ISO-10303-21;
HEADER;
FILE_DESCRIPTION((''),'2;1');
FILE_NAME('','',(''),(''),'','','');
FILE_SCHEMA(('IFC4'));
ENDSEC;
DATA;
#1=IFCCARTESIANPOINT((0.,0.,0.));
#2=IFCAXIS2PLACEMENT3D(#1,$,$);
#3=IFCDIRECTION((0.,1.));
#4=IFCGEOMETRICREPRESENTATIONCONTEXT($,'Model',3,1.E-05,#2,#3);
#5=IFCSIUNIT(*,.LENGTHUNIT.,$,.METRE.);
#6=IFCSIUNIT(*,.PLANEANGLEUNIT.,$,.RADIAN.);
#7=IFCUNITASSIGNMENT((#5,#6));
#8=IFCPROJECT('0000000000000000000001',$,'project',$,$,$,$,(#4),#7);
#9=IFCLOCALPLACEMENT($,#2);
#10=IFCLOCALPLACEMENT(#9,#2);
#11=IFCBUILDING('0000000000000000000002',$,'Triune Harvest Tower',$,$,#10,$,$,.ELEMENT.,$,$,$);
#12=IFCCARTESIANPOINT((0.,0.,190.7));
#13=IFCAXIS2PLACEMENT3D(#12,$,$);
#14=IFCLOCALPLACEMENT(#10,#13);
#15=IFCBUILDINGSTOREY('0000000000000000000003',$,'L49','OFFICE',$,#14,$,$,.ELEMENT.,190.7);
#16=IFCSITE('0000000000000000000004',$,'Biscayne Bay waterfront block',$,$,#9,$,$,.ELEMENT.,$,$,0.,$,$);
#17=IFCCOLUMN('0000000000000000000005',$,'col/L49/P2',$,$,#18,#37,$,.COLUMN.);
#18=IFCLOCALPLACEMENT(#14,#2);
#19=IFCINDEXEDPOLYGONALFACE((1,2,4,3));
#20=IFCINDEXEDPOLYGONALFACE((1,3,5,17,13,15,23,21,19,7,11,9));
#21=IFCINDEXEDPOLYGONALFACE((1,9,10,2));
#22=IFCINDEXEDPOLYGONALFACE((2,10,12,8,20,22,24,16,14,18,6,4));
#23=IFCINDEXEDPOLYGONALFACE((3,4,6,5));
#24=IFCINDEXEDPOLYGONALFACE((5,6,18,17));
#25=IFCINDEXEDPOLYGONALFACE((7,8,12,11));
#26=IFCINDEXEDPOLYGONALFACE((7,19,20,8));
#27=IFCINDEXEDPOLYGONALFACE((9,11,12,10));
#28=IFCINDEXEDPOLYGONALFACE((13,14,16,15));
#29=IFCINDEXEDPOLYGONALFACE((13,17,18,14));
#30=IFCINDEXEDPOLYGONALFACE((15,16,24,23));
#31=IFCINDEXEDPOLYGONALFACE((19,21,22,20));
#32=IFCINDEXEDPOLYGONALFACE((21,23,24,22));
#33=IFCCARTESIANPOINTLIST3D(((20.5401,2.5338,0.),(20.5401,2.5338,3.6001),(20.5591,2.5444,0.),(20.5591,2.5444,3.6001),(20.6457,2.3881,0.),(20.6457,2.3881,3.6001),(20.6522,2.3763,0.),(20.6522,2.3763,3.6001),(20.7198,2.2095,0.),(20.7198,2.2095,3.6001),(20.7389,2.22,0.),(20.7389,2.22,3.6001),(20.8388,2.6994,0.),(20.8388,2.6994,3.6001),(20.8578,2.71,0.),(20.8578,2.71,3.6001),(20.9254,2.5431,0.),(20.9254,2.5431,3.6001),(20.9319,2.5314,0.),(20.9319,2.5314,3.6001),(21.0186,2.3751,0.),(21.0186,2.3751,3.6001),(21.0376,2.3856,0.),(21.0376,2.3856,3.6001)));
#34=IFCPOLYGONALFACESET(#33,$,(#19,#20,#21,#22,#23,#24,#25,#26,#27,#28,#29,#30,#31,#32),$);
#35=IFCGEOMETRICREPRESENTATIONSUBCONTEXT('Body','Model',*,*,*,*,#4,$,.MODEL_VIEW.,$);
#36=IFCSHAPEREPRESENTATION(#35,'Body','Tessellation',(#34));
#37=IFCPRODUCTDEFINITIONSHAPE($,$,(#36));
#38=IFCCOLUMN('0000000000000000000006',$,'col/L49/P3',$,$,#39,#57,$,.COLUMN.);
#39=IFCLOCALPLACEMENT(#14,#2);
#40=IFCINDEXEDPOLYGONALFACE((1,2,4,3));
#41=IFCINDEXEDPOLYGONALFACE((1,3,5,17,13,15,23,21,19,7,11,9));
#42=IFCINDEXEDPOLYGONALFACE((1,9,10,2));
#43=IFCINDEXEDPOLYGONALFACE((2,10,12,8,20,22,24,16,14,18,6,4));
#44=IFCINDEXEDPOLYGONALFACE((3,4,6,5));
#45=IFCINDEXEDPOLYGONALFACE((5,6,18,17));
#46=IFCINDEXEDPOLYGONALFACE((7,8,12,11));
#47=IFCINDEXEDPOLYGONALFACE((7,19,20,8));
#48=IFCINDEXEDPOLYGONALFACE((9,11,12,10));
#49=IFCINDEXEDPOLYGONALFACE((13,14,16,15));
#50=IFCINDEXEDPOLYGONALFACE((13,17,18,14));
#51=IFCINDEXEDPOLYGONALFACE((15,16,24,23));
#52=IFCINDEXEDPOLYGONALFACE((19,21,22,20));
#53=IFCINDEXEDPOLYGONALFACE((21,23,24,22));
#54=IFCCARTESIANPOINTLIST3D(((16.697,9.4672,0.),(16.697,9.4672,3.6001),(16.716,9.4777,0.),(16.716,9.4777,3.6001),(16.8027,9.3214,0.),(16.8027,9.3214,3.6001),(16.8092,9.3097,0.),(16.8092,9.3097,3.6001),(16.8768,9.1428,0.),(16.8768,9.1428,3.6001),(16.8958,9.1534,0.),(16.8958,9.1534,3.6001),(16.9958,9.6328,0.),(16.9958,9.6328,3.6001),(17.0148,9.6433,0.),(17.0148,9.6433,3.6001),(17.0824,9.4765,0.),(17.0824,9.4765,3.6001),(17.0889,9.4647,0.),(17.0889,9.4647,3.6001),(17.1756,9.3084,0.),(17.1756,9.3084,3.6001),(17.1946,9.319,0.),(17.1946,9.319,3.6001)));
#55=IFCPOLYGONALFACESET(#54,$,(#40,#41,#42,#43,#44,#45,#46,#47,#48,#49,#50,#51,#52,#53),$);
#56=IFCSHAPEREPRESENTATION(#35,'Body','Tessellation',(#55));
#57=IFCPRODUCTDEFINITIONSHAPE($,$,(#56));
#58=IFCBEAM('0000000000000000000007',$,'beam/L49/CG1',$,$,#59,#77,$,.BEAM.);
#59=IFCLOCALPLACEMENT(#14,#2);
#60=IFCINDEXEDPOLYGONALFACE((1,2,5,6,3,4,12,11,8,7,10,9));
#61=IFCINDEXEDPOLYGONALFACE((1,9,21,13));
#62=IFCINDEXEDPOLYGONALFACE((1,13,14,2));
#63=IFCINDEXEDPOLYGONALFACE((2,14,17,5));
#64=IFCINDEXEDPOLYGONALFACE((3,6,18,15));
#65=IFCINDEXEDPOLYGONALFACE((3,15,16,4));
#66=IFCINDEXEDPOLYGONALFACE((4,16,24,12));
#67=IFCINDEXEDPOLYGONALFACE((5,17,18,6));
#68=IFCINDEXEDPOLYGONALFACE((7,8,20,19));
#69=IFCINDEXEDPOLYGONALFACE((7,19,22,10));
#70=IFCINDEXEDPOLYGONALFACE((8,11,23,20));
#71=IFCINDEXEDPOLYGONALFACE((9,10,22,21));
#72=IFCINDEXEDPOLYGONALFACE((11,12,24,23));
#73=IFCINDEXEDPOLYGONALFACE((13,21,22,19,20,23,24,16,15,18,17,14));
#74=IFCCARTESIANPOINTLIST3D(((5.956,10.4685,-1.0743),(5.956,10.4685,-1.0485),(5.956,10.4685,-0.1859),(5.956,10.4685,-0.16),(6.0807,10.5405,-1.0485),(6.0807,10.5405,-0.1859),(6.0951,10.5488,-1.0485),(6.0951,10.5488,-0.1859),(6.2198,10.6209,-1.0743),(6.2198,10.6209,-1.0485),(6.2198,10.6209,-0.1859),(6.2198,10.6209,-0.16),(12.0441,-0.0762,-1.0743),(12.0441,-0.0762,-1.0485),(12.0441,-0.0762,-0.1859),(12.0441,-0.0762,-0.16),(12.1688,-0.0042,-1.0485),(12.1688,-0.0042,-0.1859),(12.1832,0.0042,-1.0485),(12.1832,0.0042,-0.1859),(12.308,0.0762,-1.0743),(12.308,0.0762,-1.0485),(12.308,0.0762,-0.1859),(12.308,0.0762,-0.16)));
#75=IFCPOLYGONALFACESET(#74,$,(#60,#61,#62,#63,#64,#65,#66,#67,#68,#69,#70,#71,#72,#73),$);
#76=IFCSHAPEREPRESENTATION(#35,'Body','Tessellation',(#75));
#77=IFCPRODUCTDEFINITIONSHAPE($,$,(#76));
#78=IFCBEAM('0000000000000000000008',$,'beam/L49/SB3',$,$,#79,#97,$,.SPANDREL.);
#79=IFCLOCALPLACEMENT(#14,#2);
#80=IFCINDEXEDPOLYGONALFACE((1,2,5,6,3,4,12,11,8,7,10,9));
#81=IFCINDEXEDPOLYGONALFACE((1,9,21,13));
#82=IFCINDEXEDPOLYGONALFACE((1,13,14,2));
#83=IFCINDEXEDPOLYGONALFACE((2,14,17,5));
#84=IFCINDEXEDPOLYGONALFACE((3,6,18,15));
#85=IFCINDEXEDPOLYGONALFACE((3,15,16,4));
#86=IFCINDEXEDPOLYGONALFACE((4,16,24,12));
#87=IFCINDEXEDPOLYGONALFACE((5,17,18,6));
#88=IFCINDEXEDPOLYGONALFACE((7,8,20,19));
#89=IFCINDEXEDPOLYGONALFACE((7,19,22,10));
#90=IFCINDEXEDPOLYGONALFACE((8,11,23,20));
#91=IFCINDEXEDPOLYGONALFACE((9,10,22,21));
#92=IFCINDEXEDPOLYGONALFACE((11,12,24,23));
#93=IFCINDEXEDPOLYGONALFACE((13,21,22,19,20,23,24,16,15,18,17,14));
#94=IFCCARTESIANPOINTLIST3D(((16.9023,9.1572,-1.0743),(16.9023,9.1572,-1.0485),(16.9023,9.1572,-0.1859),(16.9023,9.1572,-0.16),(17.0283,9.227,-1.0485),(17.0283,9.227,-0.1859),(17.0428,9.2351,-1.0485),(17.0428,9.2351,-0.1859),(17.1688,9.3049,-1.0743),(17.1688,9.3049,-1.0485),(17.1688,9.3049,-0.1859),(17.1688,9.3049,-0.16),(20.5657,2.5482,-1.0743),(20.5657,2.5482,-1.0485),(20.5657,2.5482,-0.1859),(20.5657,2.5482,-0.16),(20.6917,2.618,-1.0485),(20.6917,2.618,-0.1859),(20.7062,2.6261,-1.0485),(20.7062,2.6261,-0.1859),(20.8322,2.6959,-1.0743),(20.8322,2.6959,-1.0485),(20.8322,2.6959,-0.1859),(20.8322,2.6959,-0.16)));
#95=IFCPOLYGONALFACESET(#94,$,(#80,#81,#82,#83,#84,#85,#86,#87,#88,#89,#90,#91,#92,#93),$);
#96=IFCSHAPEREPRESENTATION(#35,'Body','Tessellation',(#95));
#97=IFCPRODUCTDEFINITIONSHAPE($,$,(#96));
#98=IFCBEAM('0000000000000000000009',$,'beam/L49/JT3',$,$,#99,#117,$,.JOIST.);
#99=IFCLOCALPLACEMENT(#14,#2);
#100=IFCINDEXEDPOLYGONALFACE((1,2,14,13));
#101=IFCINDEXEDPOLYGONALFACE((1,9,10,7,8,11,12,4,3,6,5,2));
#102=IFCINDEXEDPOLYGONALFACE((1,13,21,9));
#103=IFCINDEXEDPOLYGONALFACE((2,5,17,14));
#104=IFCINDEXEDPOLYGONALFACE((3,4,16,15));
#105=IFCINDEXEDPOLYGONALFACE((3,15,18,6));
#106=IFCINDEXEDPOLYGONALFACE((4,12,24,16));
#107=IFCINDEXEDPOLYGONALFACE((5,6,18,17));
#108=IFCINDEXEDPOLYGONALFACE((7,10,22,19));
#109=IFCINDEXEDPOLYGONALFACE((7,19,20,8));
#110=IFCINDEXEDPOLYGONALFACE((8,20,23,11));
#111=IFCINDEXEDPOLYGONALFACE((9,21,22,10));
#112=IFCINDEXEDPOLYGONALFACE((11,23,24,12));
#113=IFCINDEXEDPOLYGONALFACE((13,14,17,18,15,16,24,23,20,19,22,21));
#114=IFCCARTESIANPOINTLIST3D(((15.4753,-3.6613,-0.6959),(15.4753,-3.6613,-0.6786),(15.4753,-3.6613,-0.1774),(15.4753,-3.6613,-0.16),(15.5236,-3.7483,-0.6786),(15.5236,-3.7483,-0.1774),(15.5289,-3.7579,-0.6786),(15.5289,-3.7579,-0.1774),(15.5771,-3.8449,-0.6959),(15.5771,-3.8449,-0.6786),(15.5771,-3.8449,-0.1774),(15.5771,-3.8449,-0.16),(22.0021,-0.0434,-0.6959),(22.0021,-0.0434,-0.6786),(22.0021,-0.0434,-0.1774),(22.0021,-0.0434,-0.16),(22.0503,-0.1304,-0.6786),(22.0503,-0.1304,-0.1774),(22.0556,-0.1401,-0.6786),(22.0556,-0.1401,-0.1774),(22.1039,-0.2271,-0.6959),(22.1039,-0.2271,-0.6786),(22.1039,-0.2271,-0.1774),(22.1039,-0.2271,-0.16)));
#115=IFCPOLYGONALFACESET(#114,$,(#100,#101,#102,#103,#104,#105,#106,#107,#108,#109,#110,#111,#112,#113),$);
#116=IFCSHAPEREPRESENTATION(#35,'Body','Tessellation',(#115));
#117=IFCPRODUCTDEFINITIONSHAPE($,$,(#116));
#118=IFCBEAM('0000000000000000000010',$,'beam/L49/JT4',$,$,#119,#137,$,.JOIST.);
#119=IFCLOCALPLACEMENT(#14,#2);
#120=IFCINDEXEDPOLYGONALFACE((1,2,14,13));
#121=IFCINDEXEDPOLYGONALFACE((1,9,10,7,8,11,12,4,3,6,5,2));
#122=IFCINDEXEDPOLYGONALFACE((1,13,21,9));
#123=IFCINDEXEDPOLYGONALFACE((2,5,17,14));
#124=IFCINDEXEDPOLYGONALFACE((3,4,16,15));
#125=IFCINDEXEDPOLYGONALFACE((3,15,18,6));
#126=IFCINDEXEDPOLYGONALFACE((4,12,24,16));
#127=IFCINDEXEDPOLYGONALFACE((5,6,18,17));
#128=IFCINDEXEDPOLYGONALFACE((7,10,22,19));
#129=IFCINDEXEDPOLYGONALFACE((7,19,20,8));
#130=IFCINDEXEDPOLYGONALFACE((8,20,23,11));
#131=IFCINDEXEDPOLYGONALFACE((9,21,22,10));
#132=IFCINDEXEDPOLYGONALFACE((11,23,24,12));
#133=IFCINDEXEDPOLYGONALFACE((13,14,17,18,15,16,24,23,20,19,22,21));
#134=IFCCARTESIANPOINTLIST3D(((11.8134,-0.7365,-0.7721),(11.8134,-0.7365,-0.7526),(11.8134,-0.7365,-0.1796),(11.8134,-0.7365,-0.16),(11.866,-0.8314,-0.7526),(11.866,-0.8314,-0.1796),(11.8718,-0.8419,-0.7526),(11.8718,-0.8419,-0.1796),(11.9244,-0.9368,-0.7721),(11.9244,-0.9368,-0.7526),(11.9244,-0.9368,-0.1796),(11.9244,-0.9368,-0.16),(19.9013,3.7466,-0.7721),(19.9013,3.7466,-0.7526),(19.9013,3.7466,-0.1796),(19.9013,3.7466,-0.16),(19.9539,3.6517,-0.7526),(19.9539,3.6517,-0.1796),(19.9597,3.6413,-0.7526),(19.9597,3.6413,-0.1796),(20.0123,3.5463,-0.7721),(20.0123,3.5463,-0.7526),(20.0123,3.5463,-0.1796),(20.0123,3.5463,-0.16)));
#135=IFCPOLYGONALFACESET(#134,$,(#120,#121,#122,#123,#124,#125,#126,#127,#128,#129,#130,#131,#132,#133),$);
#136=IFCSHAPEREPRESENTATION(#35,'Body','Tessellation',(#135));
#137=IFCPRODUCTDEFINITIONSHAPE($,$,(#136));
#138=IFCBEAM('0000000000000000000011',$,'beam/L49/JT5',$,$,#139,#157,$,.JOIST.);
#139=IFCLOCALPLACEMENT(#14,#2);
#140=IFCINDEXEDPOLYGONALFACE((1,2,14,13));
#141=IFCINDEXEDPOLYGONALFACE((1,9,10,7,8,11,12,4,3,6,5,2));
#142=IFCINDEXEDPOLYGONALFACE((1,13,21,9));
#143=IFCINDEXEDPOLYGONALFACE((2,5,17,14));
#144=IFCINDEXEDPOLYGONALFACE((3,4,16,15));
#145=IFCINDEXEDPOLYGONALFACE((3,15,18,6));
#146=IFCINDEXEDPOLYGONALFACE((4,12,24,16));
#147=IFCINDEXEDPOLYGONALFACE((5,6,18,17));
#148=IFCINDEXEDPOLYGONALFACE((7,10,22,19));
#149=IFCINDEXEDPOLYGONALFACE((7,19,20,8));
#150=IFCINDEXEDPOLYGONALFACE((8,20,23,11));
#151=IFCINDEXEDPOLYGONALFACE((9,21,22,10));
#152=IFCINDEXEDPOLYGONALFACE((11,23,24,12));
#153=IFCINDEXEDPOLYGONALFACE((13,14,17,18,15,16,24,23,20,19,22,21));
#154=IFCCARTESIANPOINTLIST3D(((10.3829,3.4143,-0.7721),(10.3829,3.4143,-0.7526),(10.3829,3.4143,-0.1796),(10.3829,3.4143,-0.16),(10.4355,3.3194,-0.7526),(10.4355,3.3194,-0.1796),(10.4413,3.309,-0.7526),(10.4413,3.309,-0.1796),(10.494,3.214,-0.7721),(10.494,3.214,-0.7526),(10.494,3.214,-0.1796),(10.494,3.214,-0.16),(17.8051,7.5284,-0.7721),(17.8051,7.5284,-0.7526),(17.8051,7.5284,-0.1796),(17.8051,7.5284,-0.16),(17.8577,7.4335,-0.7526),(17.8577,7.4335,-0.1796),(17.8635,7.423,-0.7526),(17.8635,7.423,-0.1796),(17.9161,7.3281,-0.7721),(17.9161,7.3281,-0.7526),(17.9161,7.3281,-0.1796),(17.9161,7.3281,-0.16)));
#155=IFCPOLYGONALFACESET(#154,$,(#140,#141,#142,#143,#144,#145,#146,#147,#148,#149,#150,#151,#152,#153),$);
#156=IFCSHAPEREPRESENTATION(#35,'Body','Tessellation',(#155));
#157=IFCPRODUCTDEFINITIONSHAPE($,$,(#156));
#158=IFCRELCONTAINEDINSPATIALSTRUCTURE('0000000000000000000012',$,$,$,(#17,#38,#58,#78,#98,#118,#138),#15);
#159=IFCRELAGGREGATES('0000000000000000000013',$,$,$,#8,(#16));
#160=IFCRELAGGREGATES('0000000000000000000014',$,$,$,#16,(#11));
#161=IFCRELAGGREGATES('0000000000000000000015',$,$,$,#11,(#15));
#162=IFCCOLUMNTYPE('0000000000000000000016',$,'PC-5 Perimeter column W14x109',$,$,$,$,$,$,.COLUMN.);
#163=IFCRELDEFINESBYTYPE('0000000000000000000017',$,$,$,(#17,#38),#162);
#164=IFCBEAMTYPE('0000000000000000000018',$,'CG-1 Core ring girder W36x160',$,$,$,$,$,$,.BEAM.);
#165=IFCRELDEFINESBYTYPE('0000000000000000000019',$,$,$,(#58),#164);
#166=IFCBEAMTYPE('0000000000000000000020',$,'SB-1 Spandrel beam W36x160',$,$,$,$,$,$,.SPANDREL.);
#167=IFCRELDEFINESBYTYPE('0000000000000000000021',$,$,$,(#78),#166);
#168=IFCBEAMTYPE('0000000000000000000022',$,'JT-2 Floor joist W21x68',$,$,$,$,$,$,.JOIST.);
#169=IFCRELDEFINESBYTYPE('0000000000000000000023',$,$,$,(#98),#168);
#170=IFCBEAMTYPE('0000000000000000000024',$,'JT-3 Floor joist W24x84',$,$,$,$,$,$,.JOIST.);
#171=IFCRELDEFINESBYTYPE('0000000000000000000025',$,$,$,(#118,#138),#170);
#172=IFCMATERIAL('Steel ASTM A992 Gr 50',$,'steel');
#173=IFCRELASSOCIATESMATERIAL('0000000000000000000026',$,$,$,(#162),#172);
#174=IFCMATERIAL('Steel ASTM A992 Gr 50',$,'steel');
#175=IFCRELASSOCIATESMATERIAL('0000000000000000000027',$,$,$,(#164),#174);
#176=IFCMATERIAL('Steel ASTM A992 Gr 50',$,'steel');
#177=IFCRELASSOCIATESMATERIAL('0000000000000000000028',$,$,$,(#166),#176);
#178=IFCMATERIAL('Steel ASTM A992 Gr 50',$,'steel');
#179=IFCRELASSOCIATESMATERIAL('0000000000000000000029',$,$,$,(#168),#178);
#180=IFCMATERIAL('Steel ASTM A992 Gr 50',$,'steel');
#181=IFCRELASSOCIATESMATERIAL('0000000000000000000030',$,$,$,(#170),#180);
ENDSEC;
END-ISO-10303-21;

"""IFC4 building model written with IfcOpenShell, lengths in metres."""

from ifc_helpers import new_model, si_unit, direction, frame, origin, origin_2d, place, context, subcontext, project, spatial, i_section, extrude, source, transform, mapped, material, material_profile, profile_set, type_object, element, save


model = new_model("IFC4")

# Units and contexts
model_context = context("Model", 3, precision=1e-05, world=origin(), true_north=direction((0.0, 1.0)))
body_context = subcontext(model_context, "Body", "Model", "MODEL_VIEW")
ifc_project = project(units=[si_unit("LENGTHUNIT", "METRE"), si_unit("PLANEANGLEUNIT", "RADIAN")], contexts=[model_context])

# Site, building, storey
site_placement = place(None, origin())
site = spatial("IfcSite", under=ifc_project, at=site_placement, Name="Biscayne Bay waterfront block", CompositionType="ELEMENT", RefElevation=0.0)
building_placement = place(site_placement, origin())
building = spatial("IfcBuilding", under=site, at=building_placement, Name="Triune Harvest Tower", CompositionType="ELEMENT")
storey_placement = place(building_placement, frame((0.0, 0.0, 190.7)))
storey = spatial("IfcBuildingStorey", under=building, at=storey_placement, Name="L49", Description="OFFICE", CompositionType="ELEMENT", Elevation=190.7)

# Columns
ifc_material_1 = material(Name="Steel ASTM A992 Gr 50", Category="steel")
ifc_material_profile_1 = material_profile(ifc_material_1, i_section(OverallWidth=0.3708, OverallDepth=0.3633, WebThickness=0.0134, FlangeThickness=0.0217, at=origin_2d()), Name="W14x109")
ifc_profile_set_1 = profile_set([ifc_material_profile_1], Name="Steel ASTM A992 Gr 50")
column_type = type_object("IfcColumnType", Name="PC-5 Perimeter column W14x109", PredefinedType="COLUMN", material=ifc_profile_set_1)
shared_shape_1 = source(origin(), body_context, "Body", "SweptSolid", [
    extrude(i_section(OverallWidth=0.3708, OverallDepth=0.3633, WebThickness=0.0134, FlangeThickness=0.0217, at=origin_2d()), origin(), (0.0, 0.0, 1.0), 3.6001),
])
for number, where, z_axis, x_axis, name in (
    (1, (20.7888, 2.4597, 0.0), (0.0, 0.0, 1.0), (-0.48481, 0.87462, 0.0), "col/L49/P2"),
    (2, (16.9458, 9.3931, 0.0), (0.0, 0.0, 1.0), (-0.48481, 0.87462, 0.0), "col/L49/P3"),
):
    element("IfcColumn", number, at=place(storey_placement, frame(where, z_axis=z_axis, x_axis=x_axis)), inside=storey, type_object=column_type, Name=name, PredefinedType="COLUMN", context=body_context, shape_type="MappedRepresentation", body=[
        mapped(shared_shape_1, transform((0.0, 0.0, 0.0), scale=1.0)),
    ])

# Beams
ifc_material_2 = material(Name="Steel ASTM A992 Gr 50", Category="steel")
ifc_material_profile_2 = material_profile(ifc_material_2, i_section(OverallWidth=0.3047, OverallDepth=0.9143, WebThickness=0.0166, FlangeThickness=0.0259, at=origin_2d()), Name="W36x160")
ifc_profile_set_2 = profile_set([ifc_material_profile_2], Name="Steel ASTM A992 Gr 50")
beam_type_1 = type_object("IfcBeamType", Name="CG-1 Core ring girder W36x160", PredefinedType="BEAM", material=ifc_profile_set_2)
shared_shape_2 = source(origin(), body_context, "Body", "SweptSolid", [
    extrude(i_section(OverallWidth=0.3047, OverallDepth=0.9143, WebThickness=0.0166, FlangeThickness=0.0259, at=origin_2d()), origin(), (0.0, 0.0, 1.0), 12.176),
])
beam_1_placement = place(storey_placement, frame((12.176, 0.0, -0.6172), z_axis=(-0.50001, 0.86602, 0.0), x_axis=(-0.86602, -0.50001, 0.0)))
element("IfcBeam", 3, at=beam_1_placement, inside=storey, type_object=beam_type_1, Name="beam/L49/CG1", PredefinedType="BEAM", context=body_context, shape_type="MappedRepresentation", body=[
    mapped(shared_shape_2, transform((0.0, 0.0, 0.0), scale=1.0)),
])
ifc_material_3 = material(Name="Steel ASTM A992 Gr 50", Category="steel")
ifc_material_profile_3 = material_profile(ifc_material_3, i_section(OverallWidth=0.3047, OverallDepth=0.9143, WebThickness=0.0166, FlangeThickness=0.0259, at=origin_2d()), Name="W36x160")
ifc_profile_set_3 = profile_set([ifc_material_profile_3], Name="Steel ASTM A992 Gr 50")
beam_type_2 = type_object("IfcBeamType", Name="SB-1 Spandrel beam W36x160", PredefinedType="SPANDREL", material=ifc_profile_set_3)
shared_shape_3 = source(origin(), body_context, "Body", "SweptSolid", [
    extrude(i_section(OverallWidth=0.3047, OverallDepth=0.9143, WebThickness=0.0166, FlangeThickness=0.0259, at=origin_2d()), origin(), (0.0, 0.0, 1.0), 7.5564),
])
beam_2_placement = place(storey_placement, frame((20.699, 2.6221, -0.6172), z_axis=(-0.484806, 0.874622, 0.0), x_axis=(-0.874622, -0.484806, 0.0)))
element("IfcBeam", 4, at=beam_2_placement, inside=storey, type_object=beam_type_2, Name="beam/L49/SB3", PredefinedType="SPANDREL", context=body_context, shape_type="MappedRepresentation", body=[
    mapped(shared_shape_3, transform((0.0, 0.0, 0.0), scale=1.0)),
])
ifc_material_4 = material(Name="Steel ASTM A992 Gr 50", Category="steel")
ifc_material_profile_4 = material_profile(ifc_material_4, i_section(OverallWidth=0.21, OverallDepth=0.5359, WebThickness=0.011, FlangeThickness=0.0173, at=origin_2d()), Name="W21x68")
ifc_profile_set_4 = profile_set([ifc_material_profile_4], Name="Steel ASTM A992 Gr 50")
beam_type_3 = type_object("IfcBeamType", Name="JT-2 Floor joist W21x68", PredefinedType="JOIST", material=ifc_profile_set_4)
shared_shape_4 = source(origin(), body_context, "Body", "SweptSolid", [
    extrude(i_section(OverallWidth=0.21, OverallDepth=0.5359, WebThickness=0.011, FlangeThickness=0.0173, at=origin_2d()), origin(), (0.0, 0.0, 1.0), 7.4624),
])
beam_3_placement = place(storey_placement, frame((22.053, -0.1353, -0.428), z_axis=(-0.874618, -0.484812, 0.0), x_axis=(0.484812, -0.874618, 0.0)))
element("IfcBeam", 5, at=beam_3_placement, inside=storey, type_object=beam_type_3, Name="beam/L49/JT3", PredefinedType="JOIST", context=body_context, shape_type="MappedRepresentation", body=[
    mapped(shared_shape_4, transform((0.0, 0.0, 0.0), scale=1.0)),
])
ifc_material_5 = material(Name="Steel ASTM A992 Gr 50", Category="steel")
ifc_material_profile_5 = material_profile(ifc_material_5, i_section(OverallWidth=0.229, OverallDepth=0.6121, WebThickness=0.012, FlangeThickness=0.0195, at=origin_2d()), Name="W24x84")
ifc_profile_set_5 = profile_set([ifc_material_profile_5], Name="Steel ASTM A992 Gr 50")
beam_type_4 = type_object("IfcBeamType", Name="JT-3 Floor joist W24x84", PredefinedType="JOIST", material=ifc_profile_set_5)
shared_shape_5 = source(origin(), body_context, "Body", "SweptSolid", [
    extrude(i_section(OverallWidth=0.229, OverallDepth=0.6121, WebThickness=0.012, FlangeThickness=0.0195, at=origin_2d()), origin(), (0.0, 0.0, 1.0), 9.2473),
])
beam_4_placement = place(storey_placement, frame((19.9568, 3.6465, -0.4661), z_axis=(-0.874621, -0.484807, 0.0), x_axis=(0.484807, -0.874621, 0.0)))
element("IfcBeam", 6, at=beam_4_placement, inside=storey, type_object=beam_type_4, Name="beam/L49/JT4", PredefinedType="JOIST", context=body_context, shape_type="MappedRepresentation", body=[
    mapped(shared_shape_5, transform((0.0, 0.0, 0.0), scale=1.0)),
])
shared_shape_6 = source(origin(), body_context, "Body", "SweptSolid", [
    extrude(i_section(OverallWidth=0.229, OverallDepth=0.6121, WebThickness=0.012, FlangeThickness=0.0195, at=origin_2d()), origin(), (0.0, 0.0, 1.0), 8.4861),
])
beam_5_placement = place(storey_placement, frame((17.8606, 7.4282, -0.4661), z_axis=(-0.874626, -0.484798, 0.0), x_axis=(0.484798, -0.874626, 0.0)))
element("IfcBeam", 7, at=beam_5_placement, inside=storey, type_object=beam_type_4, Name="beam/L49/JT5", PredefinedType="JOIST", context=body_context, shape_type="MappedRepresentation", body=[
    mapped(shared_shape_6, transform((0.0, 0.0, 0.0), scale=1.0)),
])

save(model, "model.ifc")
